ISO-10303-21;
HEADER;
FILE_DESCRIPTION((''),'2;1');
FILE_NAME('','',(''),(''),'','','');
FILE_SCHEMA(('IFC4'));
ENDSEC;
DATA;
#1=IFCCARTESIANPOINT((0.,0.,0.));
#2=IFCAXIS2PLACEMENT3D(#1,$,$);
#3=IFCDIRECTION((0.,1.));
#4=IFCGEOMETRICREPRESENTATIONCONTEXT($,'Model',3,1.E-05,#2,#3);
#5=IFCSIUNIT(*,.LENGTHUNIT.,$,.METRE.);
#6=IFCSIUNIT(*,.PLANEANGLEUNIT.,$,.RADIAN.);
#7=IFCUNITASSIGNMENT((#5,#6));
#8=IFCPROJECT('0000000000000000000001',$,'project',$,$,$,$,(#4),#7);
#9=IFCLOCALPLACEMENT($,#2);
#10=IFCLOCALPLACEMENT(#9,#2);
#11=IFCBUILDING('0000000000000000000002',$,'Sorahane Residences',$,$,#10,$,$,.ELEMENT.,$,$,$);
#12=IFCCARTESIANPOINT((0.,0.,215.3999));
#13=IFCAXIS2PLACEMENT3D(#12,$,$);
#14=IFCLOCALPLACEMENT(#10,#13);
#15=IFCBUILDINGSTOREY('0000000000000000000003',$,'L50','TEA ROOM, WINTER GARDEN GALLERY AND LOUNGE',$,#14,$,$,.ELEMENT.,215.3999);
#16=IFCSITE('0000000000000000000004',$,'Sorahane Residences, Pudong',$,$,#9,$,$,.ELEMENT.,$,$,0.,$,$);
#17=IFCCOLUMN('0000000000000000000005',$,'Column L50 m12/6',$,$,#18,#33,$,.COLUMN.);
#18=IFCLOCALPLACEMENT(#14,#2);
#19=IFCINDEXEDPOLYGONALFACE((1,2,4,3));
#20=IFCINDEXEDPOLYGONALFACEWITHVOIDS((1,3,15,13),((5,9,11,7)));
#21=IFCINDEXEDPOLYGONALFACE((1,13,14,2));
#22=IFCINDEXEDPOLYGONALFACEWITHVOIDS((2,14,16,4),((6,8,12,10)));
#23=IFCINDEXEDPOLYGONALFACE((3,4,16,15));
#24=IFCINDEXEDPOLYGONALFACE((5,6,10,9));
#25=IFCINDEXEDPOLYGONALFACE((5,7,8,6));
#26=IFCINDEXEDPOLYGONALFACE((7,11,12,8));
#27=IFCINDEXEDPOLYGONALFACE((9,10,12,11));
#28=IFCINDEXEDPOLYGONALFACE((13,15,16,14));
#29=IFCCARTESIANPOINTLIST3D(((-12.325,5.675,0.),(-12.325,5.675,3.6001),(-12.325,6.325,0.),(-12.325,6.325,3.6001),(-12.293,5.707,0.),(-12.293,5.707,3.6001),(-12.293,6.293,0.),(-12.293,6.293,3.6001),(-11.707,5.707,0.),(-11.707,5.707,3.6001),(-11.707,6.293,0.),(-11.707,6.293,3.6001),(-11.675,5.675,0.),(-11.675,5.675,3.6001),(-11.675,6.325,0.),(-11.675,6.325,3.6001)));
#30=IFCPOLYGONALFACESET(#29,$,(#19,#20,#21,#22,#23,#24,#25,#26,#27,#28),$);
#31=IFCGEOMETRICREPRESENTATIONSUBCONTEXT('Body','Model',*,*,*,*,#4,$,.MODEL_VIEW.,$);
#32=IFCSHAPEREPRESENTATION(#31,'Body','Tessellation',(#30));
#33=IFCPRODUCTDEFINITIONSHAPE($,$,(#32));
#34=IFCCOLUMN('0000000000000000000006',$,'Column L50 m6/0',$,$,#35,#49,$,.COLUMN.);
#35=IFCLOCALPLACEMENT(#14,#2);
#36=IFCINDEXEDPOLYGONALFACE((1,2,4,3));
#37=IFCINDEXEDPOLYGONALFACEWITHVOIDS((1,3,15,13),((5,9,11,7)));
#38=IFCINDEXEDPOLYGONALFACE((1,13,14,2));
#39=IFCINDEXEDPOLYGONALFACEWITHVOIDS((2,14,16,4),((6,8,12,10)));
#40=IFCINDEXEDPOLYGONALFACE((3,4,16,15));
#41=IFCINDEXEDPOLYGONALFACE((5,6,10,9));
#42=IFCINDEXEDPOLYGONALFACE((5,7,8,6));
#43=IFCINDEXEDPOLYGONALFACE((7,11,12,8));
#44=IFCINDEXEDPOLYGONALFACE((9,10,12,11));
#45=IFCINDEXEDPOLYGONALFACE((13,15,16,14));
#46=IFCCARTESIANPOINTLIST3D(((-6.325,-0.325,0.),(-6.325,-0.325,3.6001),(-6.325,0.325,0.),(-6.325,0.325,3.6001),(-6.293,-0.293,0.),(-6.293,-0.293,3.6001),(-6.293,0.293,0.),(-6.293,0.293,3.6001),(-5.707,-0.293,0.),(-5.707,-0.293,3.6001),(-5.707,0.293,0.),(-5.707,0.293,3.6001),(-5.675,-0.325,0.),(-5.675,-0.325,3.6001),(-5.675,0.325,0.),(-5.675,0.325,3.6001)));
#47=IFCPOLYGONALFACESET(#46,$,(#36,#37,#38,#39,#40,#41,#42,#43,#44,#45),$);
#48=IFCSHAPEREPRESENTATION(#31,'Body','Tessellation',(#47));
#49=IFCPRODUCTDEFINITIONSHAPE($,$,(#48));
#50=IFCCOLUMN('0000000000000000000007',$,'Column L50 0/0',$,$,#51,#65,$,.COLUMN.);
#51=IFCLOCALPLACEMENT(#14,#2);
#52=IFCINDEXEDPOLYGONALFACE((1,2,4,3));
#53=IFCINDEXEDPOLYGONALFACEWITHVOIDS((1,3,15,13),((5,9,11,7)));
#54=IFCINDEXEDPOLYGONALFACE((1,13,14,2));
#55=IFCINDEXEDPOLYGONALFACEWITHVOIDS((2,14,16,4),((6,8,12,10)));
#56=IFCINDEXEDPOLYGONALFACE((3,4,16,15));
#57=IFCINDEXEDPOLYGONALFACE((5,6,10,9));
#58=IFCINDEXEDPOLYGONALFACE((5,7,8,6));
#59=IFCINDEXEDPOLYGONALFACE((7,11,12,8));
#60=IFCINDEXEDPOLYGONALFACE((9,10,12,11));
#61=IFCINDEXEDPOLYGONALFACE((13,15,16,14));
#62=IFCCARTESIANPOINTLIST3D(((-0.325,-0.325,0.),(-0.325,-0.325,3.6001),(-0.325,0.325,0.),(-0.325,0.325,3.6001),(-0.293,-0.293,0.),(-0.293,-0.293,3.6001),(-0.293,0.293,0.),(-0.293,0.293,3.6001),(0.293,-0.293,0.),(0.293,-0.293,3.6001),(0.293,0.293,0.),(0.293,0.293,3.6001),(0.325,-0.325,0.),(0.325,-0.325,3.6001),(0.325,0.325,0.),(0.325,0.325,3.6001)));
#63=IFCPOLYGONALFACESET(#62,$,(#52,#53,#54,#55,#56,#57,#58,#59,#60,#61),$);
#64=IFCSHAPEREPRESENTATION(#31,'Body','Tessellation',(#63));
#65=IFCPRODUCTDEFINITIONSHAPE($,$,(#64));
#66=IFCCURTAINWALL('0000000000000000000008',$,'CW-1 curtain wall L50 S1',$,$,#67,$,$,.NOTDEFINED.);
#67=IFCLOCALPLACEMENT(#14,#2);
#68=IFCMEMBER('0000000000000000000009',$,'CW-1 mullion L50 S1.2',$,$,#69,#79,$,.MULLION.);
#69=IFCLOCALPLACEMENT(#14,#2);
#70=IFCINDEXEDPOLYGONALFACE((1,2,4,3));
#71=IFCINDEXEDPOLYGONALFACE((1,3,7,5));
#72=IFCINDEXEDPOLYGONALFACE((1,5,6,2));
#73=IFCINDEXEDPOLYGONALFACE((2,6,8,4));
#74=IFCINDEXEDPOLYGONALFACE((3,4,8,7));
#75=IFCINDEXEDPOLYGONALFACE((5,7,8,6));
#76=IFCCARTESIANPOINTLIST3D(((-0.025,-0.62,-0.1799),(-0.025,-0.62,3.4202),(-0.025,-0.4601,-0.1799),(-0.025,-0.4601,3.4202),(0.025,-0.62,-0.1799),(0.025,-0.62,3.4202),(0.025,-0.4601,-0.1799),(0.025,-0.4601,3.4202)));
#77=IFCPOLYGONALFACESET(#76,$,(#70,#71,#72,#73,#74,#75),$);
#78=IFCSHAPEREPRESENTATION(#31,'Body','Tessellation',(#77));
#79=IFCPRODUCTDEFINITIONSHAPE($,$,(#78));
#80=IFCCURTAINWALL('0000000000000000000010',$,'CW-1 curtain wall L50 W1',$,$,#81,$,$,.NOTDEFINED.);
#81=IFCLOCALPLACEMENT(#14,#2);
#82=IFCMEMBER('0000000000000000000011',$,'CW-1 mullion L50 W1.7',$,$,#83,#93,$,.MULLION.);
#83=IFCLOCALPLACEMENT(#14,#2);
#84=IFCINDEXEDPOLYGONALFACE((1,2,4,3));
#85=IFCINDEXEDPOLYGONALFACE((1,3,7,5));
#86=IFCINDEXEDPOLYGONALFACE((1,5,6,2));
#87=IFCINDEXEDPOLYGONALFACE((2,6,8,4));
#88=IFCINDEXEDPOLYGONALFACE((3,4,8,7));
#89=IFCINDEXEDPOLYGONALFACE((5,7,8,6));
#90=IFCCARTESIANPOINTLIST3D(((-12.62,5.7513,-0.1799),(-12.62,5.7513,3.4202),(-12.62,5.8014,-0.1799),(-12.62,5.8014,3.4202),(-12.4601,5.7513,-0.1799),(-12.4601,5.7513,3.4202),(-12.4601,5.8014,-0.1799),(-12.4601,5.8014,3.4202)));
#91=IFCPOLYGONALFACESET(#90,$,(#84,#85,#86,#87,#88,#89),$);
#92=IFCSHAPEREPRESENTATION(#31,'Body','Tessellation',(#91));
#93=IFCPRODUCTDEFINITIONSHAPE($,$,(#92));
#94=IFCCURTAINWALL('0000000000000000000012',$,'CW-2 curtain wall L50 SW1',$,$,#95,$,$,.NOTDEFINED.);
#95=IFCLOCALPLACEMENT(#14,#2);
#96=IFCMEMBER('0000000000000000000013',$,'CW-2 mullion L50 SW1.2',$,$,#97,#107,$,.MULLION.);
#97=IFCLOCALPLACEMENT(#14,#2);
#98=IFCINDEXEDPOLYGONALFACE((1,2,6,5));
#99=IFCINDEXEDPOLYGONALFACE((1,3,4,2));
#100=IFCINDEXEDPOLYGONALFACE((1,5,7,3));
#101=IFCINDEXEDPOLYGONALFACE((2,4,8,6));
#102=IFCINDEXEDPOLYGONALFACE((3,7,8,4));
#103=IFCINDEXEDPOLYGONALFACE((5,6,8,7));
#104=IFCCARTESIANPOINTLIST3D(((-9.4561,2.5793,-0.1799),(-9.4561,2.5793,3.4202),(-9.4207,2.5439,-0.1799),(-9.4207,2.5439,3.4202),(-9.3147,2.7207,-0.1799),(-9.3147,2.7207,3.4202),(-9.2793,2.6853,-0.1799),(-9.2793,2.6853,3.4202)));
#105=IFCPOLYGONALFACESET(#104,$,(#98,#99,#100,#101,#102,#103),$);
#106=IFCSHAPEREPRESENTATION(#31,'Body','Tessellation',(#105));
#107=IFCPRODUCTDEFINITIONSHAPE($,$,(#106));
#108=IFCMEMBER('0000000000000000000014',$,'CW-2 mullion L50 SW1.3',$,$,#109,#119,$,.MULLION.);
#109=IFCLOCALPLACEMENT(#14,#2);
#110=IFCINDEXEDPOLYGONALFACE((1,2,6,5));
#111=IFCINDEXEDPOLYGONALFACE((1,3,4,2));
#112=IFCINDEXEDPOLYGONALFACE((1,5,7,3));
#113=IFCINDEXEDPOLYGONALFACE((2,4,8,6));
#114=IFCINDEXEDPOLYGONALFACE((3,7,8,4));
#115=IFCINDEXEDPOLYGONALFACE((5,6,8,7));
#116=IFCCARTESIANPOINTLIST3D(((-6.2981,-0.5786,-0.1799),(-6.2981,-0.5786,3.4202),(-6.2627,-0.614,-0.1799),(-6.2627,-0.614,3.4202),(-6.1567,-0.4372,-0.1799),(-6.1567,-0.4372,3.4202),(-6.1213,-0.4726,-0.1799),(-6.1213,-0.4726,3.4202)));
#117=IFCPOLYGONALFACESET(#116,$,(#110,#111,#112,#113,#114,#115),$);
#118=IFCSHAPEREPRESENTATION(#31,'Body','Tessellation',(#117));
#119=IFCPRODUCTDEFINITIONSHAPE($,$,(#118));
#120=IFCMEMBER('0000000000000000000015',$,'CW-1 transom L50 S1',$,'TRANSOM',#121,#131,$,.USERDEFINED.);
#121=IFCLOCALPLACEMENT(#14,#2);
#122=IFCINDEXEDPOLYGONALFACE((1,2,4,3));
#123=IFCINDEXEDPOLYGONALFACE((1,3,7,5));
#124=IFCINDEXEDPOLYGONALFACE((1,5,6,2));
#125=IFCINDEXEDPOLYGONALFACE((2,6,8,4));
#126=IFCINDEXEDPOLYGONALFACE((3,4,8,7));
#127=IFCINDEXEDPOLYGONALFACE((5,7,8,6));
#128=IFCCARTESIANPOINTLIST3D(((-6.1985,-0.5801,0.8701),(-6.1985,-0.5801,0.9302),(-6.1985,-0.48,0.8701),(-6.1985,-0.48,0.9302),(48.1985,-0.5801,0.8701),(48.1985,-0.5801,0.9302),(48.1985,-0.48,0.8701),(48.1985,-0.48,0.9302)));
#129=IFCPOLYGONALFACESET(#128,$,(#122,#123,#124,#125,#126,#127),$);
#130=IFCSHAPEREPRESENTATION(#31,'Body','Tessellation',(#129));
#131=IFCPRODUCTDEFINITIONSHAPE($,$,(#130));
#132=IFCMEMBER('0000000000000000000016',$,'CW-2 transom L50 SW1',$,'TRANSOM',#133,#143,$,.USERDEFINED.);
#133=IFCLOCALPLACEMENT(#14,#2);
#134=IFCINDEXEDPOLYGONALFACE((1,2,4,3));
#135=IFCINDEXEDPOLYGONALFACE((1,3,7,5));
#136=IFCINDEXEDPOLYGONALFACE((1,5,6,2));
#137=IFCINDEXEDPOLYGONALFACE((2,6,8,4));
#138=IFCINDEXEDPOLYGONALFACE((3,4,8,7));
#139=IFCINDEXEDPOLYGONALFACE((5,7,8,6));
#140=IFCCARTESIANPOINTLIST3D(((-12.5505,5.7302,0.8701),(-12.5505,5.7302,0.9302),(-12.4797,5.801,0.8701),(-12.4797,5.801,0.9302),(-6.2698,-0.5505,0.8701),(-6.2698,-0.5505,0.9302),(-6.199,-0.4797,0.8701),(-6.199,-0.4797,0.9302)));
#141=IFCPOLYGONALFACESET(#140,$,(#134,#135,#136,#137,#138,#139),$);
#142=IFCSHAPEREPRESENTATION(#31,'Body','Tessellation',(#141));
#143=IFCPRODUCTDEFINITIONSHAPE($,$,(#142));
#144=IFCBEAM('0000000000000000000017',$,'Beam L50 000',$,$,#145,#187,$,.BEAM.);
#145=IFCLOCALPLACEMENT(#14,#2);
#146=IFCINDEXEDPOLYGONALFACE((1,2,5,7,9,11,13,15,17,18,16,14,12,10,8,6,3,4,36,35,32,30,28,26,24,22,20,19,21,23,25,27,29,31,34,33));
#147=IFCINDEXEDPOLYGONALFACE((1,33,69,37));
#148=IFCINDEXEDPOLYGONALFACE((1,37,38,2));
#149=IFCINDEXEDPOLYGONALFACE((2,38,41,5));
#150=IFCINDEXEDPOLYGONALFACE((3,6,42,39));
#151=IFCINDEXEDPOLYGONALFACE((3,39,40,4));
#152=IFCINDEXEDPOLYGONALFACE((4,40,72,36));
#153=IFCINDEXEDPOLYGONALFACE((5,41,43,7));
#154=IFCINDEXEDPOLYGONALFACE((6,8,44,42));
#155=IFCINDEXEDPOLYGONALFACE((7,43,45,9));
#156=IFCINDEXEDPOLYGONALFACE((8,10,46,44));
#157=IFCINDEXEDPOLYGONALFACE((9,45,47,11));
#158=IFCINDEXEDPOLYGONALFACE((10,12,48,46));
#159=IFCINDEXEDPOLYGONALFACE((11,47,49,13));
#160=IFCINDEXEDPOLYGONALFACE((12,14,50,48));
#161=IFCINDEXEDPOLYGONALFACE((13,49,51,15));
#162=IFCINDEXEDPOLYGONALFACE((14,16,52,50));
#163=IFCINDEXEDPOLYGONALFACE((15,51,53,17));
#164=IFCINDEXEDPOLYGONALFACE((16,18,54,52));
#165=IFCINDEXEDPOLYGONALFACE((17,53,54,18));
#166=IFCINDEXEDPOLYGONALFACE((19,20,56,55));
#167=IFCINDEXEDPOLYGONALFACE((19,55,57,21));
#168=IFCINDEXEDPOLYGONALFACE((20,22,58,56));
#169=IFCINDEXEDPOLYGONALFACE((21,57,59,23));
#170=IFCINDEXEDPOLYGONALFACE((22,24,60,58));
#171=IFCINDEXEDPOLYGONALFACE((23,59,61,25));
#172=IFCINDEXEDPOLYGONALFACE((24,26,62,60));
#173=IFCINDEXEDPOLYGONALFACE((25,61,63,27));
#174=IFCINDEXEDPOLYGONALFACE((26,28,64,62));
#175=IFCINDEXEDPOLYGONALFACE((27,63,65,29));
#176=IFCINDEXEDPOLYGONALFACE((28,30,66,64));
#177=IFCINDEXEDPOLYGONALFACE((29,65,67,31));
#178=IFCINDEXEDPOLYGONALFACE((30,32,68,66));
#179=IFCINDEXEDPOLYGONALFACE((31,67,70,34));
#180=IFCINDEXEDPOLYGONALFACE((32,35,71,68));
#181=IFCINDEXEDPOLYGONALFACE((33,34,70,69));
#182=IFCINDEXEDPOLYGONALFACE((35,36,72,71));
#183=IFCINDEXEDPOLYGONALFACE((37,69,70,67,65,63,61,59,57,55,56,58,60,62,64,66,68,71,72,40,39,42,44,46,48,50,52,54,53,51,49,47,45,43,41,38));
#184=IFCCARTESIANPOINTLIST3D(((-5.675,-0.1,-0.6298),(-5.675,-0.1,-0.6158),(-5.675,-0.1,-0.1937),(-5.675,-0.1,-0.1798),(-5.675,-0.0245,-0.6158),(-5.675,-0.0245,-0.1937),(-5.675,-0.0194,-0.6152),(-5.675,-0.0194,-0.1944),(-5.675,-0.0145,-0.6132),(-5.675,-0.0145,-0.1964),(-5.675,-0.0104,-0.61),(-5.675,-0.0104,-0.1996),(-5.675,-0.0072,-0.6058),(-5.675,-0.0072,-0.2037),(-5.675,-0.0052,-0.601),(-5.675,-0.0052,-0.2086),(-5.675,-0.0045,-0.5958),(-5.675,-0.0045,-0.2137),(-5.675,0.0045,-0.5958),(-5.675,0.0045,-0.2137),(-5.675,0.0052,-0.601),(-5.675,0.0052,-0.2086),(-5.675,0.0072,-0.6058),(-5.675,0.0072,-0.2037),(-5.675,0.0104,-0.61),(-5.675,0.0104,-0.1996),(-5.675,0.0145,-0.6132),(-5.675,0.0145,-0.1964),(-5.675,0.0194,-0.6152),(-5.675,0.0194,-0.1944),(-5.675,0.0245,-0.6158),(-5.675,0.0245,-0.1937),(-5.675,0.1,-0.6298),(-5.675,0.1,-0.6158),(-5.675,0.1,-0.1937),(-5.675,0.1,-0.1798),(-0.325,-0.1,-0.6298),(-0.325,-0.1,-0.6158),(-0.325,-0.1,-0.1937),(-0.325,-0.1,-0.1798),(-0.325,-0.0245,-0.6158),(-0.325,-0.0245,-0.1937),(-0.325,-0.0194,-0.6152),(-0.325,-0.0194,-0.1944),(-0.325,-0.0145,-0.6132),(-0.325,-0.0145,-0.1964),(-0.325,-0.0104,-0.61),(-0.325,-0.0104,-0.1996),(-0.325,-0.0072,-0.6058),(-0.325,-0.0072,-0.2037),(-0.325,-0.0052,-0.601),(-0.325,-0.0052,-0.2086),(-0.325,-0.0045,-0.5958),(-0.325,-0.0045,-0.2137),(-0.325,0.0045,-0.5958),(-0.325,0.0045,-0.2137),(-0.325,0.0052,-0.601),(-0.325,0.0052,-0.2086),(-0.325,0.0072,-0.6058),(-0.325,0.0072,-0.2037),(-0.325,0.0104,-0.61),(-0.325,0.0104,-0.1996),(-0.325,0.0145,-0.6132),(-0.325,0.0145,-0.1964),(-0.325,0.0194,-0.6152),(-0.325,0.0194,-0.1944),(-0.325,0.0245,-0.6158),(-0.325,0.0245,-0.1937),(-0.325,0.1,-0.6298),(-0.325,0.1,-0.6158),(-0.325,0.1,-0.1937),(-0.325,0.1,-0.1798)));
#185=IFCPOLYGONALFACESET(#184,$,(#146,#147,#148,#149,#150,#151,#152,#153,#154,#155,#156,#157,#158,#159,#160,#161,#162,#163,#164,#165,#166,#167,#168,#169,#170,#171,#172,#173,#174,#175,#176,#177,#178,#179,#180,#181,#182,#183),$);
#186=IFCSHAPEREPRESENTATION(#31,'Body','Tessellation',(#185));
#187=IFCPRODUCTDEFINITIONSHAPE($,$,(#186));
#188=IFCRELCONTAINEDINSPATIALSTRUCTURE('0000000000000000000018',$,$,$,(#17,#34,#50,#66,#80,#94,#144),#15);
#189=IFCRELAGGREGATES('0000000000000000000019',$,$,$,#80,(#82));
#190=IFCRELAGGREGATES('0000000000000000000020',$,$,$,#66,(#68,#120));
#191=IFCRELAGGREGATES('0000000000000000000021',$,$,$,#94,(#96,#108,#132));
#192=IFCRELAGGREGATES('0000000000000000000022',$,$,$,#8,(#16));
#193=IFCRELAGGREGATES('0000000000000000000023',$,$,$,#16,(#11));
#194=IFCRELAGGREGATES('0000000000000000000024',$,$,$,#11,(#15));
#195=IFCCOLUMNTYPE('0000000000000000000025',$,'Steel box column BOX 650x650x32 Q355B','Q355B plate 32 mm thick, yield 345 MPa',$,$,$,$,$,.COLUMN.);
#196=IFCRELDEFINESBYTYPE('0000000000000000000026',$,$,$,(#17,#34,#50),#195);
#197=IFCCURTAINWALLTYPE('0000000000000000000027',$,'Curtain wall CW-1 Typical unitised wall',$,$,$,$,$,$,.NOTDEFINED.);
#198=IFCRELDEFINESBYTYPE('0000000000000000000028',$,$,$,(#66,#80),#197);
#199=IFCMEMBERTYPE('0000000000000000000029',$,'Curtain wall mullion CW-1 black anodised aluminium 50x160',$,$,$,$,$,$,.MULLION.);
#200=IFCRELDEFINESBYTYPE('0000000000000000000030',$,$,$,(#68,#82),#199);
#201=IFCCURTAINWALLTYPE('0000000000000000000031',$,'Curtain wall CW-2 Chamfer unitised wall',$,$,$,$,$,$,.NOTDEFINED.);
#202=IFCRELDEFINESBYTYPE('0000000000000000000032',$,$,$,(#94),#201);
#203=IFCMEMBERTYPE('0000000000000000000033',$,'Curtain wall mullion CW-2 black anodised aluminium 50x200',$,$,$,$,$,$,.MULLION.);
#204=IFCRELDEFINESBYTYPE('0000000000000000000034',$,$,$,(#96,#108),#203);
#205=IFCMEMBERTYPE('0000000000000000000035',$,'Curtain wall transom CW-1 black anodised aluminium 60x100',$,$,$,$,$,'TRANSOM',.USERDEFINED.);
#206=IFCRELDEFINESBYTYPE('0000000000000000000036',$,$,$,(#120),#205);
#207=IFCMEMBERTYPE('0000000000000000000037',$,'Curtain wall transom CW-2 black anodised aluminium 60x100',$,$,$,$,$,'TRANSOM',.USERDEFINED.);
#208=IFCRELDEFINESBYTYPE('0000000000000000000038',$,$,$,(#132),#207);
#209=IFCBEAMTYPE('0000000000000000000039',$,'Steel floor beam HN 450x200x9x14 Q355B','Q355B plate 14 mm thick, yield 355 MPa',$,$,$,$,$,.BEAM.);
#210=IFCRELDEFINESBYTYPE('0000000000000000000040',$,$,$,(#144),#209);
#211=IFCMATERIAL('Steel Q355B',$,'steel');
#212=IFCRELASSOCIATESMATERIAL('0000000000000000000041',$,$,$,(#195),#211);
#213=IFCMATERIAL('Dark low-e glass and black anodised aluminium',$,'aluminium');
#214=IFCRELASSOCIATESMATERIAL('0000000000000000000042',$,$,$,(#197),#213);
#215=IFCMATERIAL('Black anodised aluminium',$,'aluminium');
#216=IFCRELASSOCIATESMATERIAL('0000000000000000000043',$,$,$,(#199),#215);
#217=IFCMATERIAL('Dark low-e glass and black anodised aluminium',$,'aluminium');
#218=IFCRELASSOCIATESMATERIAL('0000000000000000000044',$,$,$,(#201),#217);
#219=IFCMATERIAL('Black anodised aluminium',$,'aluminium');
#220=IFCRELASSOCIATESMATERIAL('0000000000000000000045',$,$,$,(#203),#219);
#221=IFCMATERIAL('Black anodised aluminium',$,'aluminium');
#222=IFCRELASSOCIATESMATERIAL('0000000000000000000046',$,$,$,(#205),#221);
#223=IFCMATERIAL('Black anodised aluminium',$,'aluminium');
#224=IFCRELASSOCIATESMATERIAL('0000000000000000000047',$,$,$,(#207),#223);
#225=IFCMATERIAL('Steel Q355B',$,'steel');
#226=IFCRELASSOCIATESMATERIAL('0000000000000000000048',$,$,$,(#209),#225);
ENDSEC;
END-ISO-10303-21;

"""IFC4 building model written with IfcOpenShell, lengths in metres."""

from ifc_helpers import new_model, si_unit, direction, frame, origin, origin_2d, place, context, subcontext, project, spatial, rectangle, hollow_rectangle, i_section, extrude, material, material_profile, profile_set, type_object, element, aggregate, save


model = new_model("IFC4")

# Units and contexts
model_context = context("Model", 3, precision=1e-05, world=origin(), true_north=direction((0.0, 1.0)))
body_context = subcontext(model_context, "Body", "Model", "MODEL_VIEW")
ifc_project = project(units=[si_unit("LENGTHUNIT", "METRE"), si_unit("PLANEANGLEUNIT", "RADIAN")], contexts=[model_context])

# Site, building, storey
site_placement = place(None, origin())
site = spatial("IfcSite", under=ifc_project, at=site_placement, Name="Sorahane Residences, Pudong", CompositionType="ELEMENT", RefElevation=0.0)
building_placement = place(site_placement, origin())
building = spatial("IfcBuilding", under=site, at=building_placement, Name="Sorahane Residences", CompositionType="ELEMENT")
storey_placement = place(building_placement, frame((0.0, 0.0, 215.3999)))
storey = spatial("IfcBuildingStorey", under=building, at=storey_placement, Name="L50", Description="TEA ROOM, WINTER GARDEN GALLERY AND LOUNGE", CompositionType="ELEMENT", Elevation=215.3999)

# Columns
ifc_material_1 = material(Name="Steel Q355B", Category="steel")
ifc_material_profile_1 = material_profile(ifc_material_1, hollow_rectangle(XDim=0.6499, YDim=0.6499, WallThickness=0.032, at=origin_2d()), Name="BOX 650x650x32")
ifc_profile_set_1 = profile_set([ifc_material_profile_1], Name="Steel Q355B")
column_type = type_object("IfcColumnType", Name="Steel box column BOX 650x650x32 Q355B", Description="Q355B plate 32 mm thick, yield 345 MPa", PredefinedType="COLUMN", material=ifc_profile_set_1)
for number, where, z_axis, x_axis, name in (
    (1, (-12.0, 6.0, 0.0), (0.0, 0.0, 1.0), (1.0, 0.0, 0.0), "Column L50 m12/6"),
    (2, (-6.0, 0.0, 0.0), (0.0, 0.0, 1.0), (1.0, 0.0, 0.0), "Column L50 m6/0"),
    (3, (0.0, 0.0, 0.0), (0.0, 0.0, 1.0), (1.0, 0.0, 0.0), "Column L50 0/0"),
):
    element("IfcColumn", number, at=place(storey_placement, frame(where, z_axis=z_axis, x_axis=x_axis)), inside=storey, type_object=column_type, Name=name, PredefinedType="COLUMN", context=body_context, shape_type="SweptSolid", body=[
        extrude(hollow_rectangle(XDim=0.6499, YDim=0.6499, WallThickness=0.032, at=origin_2d()), origin(), (0.0, 0.0, 1.0), 3.6001),
    ])

# Curtain walls, members
ifc_material_2 = material(Name="Dark low-e glass and black anodised aluminium", Category="aluminium")
curtain_wall_type_1 = type_object("IfcCurtainWallType", Name="Curtain wall CW-1 Typical unitised wall", PredefinedType="NOTDEFINED", material=ifc_material_2)
curtain_wall_1_placement = place(storey_placement, origin())
curtain_wall_1 = element("IfcCurtainWall", 4, at=curtain_wall_1_placement, inside=storey, type_object=curtain_wall_type_1, Name="CW-1 curtain wall L50 S1", PredefinedType="NOTDEFINED")
ifc_material_3 = material(Name="Black anodised aluminium", Category="aluminium")
ifc_material_profile_2 = material_profile(ifc_material_3, rectangle(XDim=0.1599, YDim=0.05, at=origin_2d()), Name="Curtain wall mullion CW-1 black anodised aluminium 50x160")
ifc_profile_set_2 = profile_set([ifc_material_profile_2], Name="Black anodised aluminium")
member_type_1 = type_object("IfcMemberType", Name="Curtain wall mullion CW-1 black anodised aluminium 50x160", PredefinedType="MULLION", material=ifc_profile_set_2)
member_1_placement = place(storey_placement, frame((0.0, -0.54, -0.1799), z_axis=(0.0, 0.0, 1.0), x_axis=(0.0, -1.0, 0.0)))
member_1 = element("IfcMember", 5, at=member_1_placement, type_object=member_type_1, Name="CW-1 mullion L50 S1.2", PredefinedType="MULLION", context=body_context, shape_type="SweptSolid", body=[
    extrude(rectangle(XDim=0.1599, YDim=0.05, at=origin_2d()), origin(), (0.0, 0.0, 1.0), 3.6001),
])
curtain_wall_2_placement = place(storey_placement, origin())
curtain_wall_2 = element("IfcCurtainWall", 6, at=curtain_wall_2_placement, inside=storey, type_object=curtain_wall_type_1, Name="CW-1 curtain wall L50 W1", PredefinedType="NOTDEFINED")
member_2_placement = place(storey_placement, frame((-12.54, 5.7764, -0.1799), z_axis=(0.0, 0.0, 1.0), x_axis=(-1.0, 0.0, 0.0)))
member_2 = element("IfcMember", 7, at=member_2_placement, type_object=member_type_1, Name="CW-1 mullion L50 W1.7", PredefinedType="MULLION", context=body_context, shape_type="SweptSolid", body=[
    extrude(rectangle(XDim=0.1599, YDim=0.05, at=origin_2d()), origin(), (0.0, 0.0, 1.0), 3.6001),
])
aggregate(curtain_wall_2, [member_2])

# Curtain wall, members
ifc_material_4 = material(Name="Dark low-e glass and black anodised aluminium", Category="aluminium")
curtain_wall_type_2 = type_object("IfcCurtainWallType", Name="Curtain wall CW-2 Chamfer unitised wall", PredefinedType="NOTDEFINED", material=ifc_material_4)
curtain_wall_3_placement = place(storey_placement, origin())
curtain_wall_3 = element("IfcCurtainWall", 8, at=curtain_wall_3_placement, inside=storey, type_object=curtain_wall_type_2, Name="CW-2 curtain wall L50 SW1", PredefinedType="NOTDEFINED")
ifc_material_5 = material(Name="Black anodised aluminium", Category="aluminium")
ifc_material_profile_3 = material_profile(ifc_material_5, rectangle(XDim=0.2, YDim=0.05, at=origin_2d()), Name="Curtain wall mullion CW-2 black anodised aluminium 50x200")
ifc_profile_set_3 = profile_set([ifc_material_profile_3], Name="Black anodised aluminium")
member_type_2 = type_object("IfcMemberType", Name="Curtain wall mullion CW-2 black anodised aluminium 50x200", PredefinedType="MULLION", material=ifc_profile_set_3)
member_3_placement = place(storey_placement, frame((-9.3677, 2.6323, -0.1799), z_axis=(0.0, 0.0, 1.0), x_axis=(-0.707107, -0.707107, 0.0)))
member_3 = element("IfcMember", 9, at=member_3_placement, type_object=member_type_2, Name="CW-2 mullion L50 SW1.2", PredefinedType="MULLION", context=body_context, shape_type="SweptSolid", body=[
    extrude(rectangle(XDim=0.2, YDim=0.05, at=origin_2d()), origin(), (0.0, 0.0, 1.0), 3.6001),
])
member_4_placement = place(storey_placement, frame((-6.2097, -0.5256, -0.1799), z_axis=(0.0, 0.0, 1.0), x_axis=(-0.707107, -0.707107, 0.0)))
member_4 = element("IfcMember", 10, at=member_4_placement, type_object=member_type_2, Name="CW-2 mullion L50 SW1.3", PredefinedType="MULLION", context=body_context, shape_type="SweptSolid", body=[
    extrude(rectangle(XDim=0.2, YDim=0.05, at=origin_2d()), origin(), (0.0, 0.0, 1.0), 3.6001),
])

# Members
ifc_material_6 = material(Name="Black anodised aluminium", Category="aluminium")
ifc_material_profile_4 = material_profile(ifc_material_6, rectangle(XDim=0.1001, YDim=0.0601, at=origin_2d()), Name="Curtain wall transom CW-1 black anodised aluminium 60x100")
ifc_profile_set_4 = profile_set([ifc_material_profile_4], Name="Black anodised aluminium")
member_type_3 = type_object("IfcMemberType", Name="Curtain wall transom CW-1 black anodised aluminium 60x100", ElementType="TRANSOM", PredefinedType="USERDEFINED", material=ifc_profile_set_4)
member_5_placement = place(storey_placement, frame((-6.1985, -0.53, 0.9001), z_axis=(1.0, 0.0, 0.0), x_axis=(0.0, 1.0, 0.0)))
member_5 = element("IfcMember", 11, at=member_5_placement, type_object=member_type_3, Name="CW-1 transom L50 S1", ObjectType="TRANSOM", PredefinedType="USERDEFINED", context=body_context, shape_type="SweptSolid", body=[
    extrude(rectangle(XDim=0.1001, YDim=0.0601, at=origin_2d()), origin(), (0.0, 0.0, 1.0), 54.397),
])
ifc_material_7 = material(Name="Black anodised aluminium", Category="aluminium")
ifc_material_profile_5 = material_profile(ifc_material_7, rectangle(XDim=0.1001, YDim=0.0601, at=origin_2d()), Name="Curtain wall transom CW-2 black anodised aluminium 60x100")
ifc_profile_set_5 = profile_set([ifc_material_profile_5], Name="Black anodised aluminium")
member_type_4 = type_object("IfcMemberType", Name="Curtain wall transom CW-2 black anodised aluminium 60x100", ElementType="TRANSOM", PredefinedType="USERDEFINED", material=ifc_profile_set_5)
member_6_placement = place(storey_placement, frame((-12.5151, 5.7656, 0.9001), z_axis=(0.707107, -0.707107, 0.0), x_axis=(0.707107, 0.707107, 0.0)))
member_6 = element("IfcMember", 12, at=member_6_placement, type_object=member_type_4, Name="CW-2 transom L50 SW1", ObjectType="TRANSOM", PredefinedType="USERDEFINED", context=body_context, shape_type="SweptSolid", body=[
    extrude(rectangle(XDim=0.1001, YDim=0.0601, at=origin_2d()), origin(), (0.0, 0.0, 1.0), 8.8823),
])

# Beam
ifc_material_8 = material(Name="Steel Q355B", Category="steel")
ifc_material_profile_6 = material_profile(ifc_material_8, i_section(OverallWidth=0.2, OverallDepth=0.45, WebThickness=0.009, FlangeThickness=0.0139, FilletRadius=0.02, at=origin_2d()), Name="HN 450x200x9x14")
ifc_profile_set_6 = profile_set([ifc_material_profile_6], Name="Steel Q355B")
beam_type_1 = type_object("IfcBeamType", Name="Steel floor beam HN 450x200x9x14 Q355B", Description="Q355B plate 14 mm thick, yield 355 MPa", PredefinedType="BEAM", material=ifc_profile_set_6)
for number, where, z_axis, x_axis, name in (
    (13, (-5.675, 0.0, -0.4048), (1.0, 0.0, 0.0), (0.0, 1.0, 0.0), "Beam L50 000"),
):
    element("IfcBeam", number, at=place(storey_placement, frame(where, z_axis=z_axis, x_axis=x_axis)), inside=storey, type_object=beam_type_1, Name=name, PredefinedType="BEAM", context=body_context, shape_type="SweptSolid", body=[
        extrude(i_section(OverallWidth=0.2, OverallDepth=0.45, WebThickness=0.009, FlangeThickness=0.0139, FilletRadius=0.02, at=origin_2d()), origin(), (0.0, 0.0, 1.0), 5.3501),
    ])

aggregate(curtain_wall_1, [member_1, member_5])
aggregate(curtain_wall_3, [member_3, member_4, member_6])

save(model, "model.ifc")
